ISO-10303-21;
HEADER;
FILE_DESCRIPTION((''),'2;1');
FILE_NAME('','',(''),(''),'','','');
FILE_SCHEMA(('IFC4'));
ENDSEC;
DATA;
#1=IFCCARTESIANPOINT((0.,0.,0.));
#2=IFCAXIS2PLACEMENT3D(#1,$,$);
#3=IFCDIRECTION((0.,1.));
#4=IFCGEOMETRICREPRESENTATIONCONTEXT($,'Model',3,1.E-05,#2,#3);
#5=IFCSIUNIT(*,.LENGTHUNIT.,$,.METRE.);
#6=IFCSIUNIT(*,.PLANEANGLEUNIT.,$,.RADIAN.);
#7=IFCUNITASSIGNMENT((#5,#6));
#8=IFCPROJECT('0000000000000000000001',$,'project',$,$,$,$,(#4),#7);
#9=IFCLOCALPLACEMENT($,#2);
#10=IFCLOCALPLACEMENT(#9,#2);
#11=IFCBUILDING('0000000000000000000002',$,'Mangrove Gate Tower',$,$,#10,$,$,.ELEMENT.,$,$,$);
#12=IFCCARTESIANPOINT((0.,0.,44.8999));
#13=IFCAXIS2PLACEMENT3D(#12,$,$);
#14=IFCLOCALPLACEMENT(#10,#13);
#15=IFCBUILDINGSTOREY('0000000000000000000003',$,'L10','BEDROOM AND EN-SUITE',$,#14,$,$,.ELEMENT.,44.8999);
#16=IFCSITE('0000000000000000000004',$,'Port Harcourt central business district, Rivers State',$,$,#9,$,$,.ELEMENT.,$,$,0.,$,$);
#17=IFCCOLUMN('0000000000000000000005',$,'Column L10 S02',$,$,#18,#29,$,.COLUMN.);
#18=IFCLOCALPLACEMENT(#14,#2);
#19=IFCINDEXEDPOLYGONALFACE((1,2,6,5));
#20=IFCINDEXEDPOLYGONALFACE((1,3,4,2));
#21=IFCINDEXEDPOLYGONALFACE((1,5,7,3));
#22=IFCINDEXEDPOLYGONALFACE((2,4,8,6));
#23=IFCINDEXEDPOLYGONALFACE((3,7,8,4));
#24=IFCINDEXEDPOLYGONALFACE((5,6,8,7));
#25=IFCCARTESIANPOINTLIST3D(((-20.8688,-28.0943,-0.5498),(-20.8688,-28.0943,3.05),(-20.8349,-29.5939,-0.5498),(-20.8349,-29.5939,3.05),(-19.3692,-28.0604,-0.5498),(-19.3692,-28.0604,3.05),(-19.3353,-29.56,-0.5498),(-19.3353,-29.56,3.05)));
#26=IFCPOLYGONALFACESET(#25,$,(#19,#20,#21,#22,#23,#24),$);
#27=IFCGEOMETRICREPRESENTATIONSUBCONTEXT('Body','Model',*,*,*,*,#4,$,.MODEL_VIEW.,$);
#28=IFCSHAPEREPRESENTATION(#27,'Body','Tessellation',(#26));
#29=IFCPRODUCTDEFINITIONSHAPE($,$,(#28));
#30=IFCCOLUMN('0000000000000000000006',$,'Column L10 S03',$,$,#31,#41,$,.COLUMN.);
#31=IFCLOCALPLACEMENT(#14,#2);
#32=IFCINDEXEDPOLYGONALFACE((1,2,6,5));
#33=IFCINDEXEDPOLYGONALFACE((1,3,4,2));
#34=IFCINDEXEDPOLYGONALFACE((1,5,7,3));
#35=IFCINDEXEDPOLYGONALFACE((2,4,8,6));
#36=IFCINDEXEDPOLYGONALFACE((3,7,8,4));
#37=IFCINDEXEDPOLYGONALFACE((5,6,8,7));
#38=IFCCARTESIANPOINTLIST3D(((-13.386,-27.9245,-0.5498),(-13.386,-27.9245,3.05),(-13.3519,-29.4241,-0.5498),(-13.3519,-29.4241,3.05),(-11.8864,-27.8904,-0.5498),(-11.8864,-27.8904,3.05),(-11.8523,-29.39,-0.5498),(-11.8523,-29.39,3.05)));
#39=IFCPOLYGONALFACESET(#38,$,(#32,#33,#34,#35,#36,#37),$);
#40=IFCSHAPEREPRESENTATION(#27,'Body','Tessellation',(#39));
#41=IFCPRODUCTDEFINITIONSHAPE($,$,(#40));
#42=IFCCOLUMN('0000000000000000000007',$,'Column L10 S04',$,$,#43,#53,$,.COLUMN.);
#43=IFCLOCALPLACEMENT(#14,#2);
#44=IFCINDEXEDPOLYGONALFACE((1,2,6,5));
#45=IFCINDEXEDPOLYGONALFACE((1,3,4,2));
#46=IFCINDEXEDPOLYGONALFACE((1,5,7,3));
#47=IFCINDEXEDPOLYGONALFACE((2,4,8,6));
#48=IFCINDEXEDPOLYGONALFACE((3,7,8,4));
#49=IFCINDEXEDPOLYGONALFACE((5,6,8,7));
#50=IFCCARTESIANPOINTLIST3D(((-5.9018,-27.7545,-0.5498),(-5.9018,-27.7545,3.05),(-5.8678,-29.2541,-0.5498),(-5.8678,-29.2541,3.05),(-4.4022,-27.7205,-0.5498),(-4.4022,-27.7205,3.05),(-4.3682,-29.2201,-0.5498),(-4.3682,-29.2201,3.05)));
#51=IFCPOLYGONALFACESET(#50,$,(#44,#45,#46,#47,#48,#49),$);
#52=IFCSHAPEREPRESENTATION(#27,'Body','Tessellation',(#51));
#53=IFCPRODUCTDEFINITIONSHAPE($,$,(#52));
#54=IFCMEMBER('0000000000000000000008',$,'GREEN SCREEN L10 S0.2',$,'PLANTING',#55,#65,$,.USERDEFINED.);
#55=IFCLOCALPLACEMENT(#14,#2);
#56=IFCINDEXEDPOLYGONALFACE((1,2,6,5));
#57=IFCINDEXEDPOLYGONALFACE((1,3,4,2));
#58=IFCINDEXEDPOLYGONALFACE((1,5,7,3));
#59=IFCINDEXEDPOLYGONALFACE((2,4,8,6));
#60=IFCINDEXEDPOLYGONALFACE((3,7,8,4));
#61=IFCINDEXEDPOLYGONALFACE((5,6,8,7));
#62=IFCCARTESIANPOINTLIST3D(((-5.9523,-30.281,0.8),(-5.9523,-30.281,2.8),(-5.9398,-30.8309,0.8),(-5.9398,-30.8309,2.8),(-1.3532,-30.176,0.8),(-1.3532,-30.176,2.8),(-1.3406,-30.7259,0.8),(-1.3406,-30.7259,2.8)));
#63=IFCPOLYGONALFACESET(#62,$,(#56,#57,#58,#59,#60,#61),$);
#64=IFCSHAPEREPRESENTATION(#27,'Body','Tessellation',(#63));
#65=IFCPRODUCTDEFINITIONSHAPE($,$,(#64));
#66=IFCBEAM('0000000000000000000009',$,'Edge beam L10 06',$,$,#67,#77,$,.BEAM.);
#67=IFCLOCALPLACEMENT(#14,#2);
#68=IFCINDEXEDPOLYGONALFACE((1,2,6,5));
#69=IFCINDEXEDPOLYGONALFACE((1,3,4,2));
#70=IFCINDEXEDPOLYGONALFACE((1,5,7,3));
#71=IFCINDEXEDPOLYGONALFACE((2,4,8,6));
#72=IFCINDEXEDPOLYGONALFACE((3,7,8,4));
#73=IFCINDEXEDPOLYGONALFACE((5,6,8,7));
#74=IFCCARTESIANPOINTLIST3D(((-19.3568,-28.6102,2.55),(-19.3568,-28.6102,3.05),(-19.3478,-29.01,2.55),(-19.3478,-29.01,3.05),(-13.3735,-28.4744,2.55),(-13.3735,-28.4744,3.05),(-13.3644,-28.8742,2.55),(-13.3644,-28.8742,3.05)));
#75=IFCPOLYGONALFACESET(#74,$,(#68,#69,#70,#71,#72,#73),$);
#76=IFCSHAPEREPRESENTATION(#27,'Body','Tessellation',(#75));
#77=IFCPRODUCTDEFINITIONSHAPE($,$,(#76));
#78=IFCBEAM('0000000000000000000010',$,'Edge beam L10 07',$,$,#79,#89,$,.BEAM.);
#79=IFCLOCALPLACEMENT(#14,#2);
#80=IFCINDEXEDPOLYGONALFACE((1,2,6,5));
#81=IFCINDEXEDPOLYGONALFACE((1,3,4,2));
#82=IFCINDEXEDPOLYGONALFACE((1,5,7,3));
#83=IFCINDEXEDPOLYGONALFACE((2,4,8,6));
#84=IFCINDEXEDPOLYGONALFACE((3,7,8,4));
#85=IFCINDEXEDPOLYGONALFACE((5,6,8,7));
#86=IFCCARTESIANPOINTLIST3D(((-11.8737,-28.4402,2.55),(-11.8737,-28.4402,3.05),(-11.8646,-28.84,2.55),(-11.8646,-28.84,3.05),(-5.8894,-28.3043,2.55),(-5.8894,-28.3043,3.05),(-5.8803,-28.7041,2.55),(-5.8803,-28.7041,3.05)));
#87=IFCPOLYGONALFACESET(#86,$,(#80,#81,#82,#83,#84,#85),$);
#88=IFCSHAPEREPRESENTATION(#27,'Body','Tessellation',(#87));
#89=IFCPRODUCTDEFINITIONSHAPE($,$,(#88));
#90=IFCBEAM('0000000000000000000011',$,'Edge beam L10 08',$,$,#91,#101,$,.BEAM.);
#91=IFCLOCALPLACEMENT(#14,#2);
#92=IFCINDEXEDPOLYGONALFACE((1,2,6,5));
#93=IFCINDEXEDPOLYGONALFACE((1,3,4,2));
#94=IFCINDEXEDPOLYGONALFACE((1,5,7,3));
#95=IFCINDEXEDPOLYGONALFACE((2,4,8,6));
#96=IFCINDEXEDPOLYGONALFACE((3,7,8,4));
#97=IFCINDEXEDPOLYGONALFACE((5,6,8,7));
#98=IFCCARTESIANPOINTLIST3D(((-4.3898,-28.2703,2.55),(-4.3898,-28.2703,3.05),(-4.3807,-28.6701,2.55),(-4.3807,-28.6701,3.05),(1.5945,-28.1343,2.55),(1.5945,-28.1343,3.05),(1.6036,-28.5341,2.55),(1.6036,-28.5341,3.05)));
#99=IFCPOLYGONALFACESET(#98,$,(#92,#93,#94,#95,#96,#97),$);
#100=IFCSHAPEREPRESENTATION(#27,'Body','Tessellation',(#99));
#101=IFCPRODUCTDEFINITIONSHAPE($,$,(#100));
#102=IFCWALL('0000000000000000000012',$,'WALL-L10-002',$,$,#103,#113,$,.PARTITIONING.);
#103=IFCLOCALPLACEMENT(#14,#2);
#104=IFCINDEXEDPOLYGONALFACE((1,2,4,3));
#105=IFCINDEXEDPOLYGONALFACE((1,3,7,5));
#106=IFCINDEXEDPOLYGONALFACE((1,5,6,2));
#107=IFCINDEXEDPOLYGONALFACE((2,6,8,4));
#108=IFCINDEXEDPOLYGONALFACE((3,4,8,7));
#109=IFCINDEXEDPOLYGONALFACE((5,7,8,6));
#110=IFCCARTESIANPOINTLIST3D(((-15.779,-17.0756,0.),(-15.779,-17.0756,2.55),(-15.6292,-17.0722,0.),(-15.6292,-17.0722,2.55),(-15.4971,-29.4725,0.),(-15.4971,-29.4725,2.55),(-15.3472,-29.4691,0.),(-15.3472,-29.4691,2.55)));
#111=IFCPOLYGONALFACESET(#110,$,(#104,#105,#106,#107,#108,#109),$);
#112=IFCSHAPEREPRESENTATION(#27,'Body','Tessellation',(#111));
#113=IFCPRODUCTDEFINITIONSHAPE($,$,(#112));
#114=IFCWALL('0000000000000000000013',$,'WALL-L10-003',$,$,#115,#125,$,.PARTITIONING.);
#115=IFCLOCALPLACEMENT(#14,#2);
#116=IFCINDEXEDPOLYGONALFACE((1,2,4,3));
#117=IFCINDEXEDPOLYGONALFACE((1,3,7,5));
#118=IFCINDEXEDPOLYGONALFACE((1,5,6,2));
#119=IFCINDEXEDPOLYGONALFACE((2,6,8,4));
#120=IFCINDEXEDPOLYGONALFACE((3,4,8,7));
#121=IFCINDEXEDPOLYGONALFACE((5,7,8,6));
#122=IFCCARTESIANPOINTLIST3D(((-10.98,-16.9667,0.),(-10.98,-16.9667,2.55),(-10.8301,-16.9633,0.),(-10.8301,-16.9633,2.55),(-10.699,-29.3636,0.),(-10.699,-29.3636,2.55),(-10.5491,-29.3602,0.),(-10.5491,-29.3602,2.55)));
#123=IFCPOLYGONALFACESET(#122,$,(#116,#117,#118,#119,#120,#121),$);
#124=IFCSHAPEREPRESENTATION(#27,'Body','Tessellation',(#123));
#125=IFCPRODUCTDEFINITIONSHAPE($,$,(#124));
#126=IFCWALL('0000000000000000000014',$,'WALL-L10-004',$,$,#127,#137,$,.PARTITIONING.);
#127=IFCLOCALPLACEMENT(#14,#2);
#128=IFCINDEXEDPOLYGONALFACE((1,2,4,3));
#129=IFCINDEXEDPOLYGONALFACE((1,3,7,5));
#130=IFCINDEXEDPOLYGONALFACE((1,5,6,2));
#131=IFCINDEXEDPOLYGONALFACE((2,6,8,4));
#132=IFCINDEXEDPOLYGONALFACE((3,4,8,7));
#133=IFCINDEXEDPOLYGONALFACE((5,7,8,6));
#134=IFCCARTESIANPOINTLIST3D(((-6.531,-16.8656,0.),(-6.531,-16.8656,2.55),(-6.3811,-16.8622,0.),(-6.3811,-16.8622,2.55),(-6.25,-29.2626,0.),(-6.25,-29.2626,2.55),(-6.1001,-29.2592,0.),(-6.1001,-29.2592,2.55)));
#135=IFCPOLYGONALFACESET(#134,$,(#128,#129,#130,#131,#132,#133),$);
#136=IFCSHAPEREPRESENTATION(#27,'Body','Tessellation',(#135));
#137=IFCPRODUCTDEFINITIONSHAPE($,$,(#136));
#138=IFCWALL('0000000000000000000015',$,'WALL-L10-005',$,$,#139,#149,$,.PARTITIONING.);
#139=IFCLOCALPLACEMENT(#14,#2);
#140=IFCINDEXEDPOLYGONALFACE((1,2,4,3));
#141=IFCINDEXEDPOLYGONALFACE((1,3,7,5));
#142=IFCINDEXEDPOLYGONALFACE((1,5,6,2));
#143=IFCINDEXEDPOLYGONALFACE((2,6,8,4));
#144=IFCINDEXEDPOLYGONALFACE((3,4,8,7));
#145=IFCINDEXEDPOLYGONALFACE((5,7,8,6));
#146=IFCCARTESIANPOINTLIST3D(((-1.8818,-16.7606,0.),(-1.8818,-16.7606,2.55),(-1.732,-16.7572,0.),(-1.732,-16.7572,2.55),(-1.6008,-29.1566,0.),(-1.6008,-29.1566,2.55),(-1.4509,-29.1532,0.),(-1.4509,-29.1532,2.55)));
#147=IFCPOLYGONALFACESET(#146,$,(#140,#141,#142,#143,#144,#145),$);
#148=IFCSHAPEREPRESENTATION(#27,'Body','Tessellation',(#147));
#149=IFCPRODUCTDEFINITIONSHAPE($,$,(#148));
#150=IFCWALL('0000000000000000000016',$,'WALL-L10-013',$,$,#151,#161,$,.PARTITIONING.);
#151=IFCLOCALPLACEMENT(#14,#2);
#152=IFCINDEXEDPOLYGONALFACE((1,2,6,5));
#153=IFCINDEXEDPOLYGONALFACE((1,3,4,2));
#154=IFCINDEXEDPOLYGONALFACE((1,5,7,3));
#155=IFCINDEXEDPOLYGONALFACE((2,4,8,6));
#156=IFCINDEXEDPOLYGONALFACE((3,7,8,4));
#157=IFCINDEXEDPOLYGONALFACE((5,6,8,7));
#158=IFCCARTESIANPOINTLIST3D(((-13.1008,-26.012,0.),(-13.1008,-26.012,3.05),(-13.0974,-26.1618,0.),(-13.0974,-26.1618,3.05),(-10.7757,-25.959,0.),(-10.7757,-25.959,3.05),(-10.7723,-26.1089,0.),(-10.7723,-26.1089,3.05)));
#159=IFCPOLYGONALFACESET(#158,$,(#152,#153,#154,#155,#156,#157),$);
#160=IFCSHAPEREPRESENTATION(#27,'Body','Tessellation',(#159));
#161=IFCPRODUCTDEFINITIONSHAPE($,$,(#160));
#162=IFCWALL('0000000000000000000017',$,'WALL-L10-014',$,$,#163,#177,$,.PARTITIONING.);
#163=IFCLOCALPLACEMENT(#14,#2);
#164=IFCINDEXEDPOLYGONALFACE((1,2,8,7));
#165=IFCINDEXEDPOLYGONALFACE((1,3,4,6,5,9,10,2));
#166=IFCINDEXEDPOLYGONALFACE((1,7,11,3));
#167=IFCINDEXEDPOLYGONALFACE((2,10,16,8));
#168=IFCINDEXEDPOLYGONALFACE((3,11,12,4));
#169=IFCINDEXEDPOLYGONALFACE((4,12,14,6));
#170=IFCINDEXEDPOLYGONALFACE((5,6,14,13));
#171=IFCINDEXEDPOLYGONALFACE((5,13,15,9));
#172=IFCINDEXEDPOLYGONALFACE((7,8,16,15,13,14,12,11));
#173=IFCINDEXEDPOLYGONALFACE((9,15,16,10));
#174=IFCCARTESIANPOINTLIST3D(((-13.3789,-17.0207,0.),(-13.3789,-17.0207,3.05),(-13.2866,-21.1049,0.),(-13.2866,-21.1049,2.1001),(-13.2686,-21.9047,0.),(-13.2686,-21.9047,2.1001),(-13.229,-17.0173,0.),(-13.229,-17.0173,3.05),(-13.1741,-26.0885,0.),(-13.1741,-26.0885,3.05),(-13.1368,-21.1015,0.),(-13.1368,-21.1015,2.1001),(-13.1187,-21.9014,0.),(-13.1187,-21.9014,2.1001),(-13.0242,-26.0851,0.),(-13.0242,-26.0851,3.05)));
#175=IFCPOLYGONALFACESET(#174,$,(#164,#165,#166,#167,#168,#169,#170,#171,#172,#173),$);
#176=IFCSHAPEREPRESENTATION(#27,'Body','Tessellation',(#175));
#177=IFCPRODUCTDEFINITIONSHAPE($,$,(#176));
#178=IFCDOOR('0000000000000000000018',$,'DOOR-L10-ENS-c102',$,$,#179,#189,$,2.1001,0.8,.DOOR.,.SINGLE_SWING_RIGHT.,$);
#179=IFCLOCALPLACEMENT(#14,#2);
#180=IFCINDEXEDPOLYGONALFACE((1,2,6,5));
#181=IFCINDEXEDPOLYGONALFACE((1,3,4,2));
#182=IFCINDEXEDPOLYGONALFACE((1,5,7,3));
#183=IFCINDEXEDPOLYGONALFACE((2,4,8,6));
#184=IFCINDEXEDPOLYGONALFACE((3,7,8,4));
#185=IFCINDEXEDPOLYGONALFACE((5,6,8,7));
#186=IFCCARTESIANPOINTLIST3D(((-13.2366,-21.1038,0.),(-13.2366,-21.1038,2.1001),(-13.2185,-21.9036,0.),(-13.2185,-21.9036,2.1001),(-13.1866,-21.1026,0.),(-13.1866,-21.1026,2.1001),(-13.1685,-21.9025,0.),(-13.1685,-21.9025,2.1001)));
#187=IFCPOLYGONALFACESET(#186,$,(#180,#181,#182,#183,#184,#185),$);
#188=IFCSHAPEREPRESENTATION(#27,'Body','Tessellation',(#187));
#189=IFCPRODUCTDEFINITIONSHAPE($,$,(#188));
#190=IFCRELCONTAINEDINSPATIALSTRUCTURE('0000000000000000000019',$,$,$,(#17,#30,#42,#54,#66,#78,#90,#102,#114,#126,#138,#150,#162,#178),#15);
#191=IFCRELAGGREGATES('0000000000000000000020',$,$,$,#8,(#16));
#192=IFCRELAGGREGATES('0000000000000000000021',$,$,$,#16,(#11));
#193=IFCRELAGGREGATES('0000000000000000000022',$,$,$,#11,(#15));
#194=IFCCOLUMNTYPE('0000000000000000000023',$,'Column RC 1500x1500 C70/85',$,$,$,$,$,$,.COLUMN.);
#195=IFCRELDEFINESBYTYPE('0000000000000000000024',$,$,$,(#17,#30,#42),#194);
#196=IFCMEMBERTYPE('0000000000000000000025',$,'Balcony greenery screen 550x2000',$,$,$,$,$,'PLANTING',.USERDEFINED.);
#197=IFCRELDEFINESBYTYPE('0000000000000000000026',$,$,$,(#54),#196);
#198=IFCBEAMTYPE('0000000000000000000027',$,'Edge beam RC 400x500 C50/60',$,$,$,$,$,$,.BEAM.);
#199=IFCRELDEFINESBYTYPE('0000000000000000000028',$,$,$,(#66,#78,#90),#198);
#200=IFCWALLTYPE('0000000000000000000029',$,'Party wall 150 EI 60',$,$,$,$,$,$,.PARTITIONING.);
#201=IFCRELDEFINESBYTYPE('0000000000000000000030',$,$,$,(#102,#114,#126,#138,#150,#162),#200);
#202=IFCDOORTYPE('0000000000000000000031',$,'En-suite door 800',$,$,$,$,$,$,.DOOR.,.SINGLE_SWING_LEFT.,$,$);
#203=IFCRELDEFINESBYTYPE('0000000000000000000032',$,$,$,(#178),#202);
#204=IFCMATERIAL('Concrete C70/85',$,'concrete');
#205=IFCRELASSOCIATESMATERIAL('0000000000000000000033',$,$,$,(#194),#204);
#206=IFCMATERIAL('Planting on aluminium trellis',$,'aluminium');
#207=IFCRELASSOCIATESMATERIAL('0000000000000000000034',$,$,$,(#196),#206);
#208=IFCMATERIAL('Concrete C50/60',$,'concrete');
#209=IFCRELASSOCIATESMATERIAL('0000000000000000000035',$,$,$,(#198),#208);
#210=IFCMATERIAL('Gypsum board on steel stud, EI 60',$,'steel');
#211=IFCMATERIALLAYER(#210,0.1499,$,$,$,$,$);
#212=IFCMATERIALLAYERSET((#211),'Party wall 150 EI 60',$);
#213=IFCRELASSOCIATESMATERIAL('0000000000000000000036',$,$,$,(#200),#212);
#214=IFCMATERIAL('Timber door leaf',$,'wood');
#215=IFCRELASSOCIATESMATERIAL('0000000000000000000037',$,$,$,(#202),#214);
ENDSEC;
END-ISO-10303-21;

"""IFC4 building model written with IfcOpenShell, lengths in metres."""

from ifc_helpers import new_model, si_unit, direction, frame, frame_2d, origin, origin_2d, place, context, subcontext, project, spatial, rectangle, extrude, material, layer, layer_set, material_profile, profile_set, type_object, element, fill, save


model = new_model("IFC4")

# Units and contexts
model_context = context("Model", 3, precision=1e-05, world=origin(), true_north=direction((0.0, 1.0)))
body_context = subcontext(model_context, "Body", "Model", "MODEL_VIEW")
ifc_project = project(units=[si_unit("LENGTHUNIT", "METRE"), si_unit("PLANEANGLEUNIT", "RADIAN")], contexts=[model_context])

# Site, building, storey
site_placement = place(None, origin())
site = spatial("IfcSite", under=ifc_project, at=site_placement, Name="Port Harcourt central business district, Rivers State", CompositionType="ELEMENT", RefElevation=0.0)
building_placement = place(site_placement, origin())
building = spatial("IfcBuilding", under=site, at=building_placement, Name="Mangrove Gate Tower", CompositionType="ELEMENT")
storey_placement = place(building_placement, frame((0.0, 0.0, 44.8999)))
storey = spatial("IfcBuildingStorey", under=building, at=storey_placement, Name="L10", Description="BEDROOM AND EN-SUITE", CompositionType="ELEMENT", Elevation=44.8999)

# Columns
ifc_material_1 = material(Name="Concrete C70/85", Category="concrete")
ifc_material_profile_1 = material_profile(ifc_material_1, rectangle(XDim=1.5, YDim=1.5, at=origin_2d()))
ifc_profile_set_1 = profile_set([ifc_material_profile_1], Name="Concrete C70/85")
column_type = type_object("IfcColumnType", Name="Column RC 1500x1500 C70/85", PredefinedType="COLUMN", material=ifc_profile_set_1)
for number, where, z_axis, x_axis, name in (
    (1, (-20.1021, -28.8271, -0.5498), (0.0, 0.0, 1.0), (0.999744, 0.022644, 0.0), "Column L10 S02"),
    (2, (-12.6191, -28.6572, -0.5498), (0.0, 0.0, 1.0), (0.999742, 0.022711, 0.0), "Column L10 S03"),
    (3, (-5.135, -28.4873, -0.5498), (0.0, 0.0, 1.0), (0.999742, 0.022709, 0.0), "Column L10 S04"),
):
    element("IfcColumn", number, at=place(storey_placement, frame(where, z_axis=z_axis, x_axis=x_axis)), inside=storey, type_object=column_type, Name=name, PredefinedType="COLUMN", context=body_context, shape_type="SweptSolid", body=[
        extrude(rectangle(XDim=1.5, YDim=1.5, at=origin_2d()), origin(), (0.0, 0.0, 1.0), 3.5999),
    ])

# Member
ifc_material_2 = material(Name="Planting on aluminium trellis", Category="aluminium")
ifc_material_profile_2 = material_profile(ifc_material_2, rectangle(XDim=0.55, YDim=2.0, at=origin_2d()))
ifc_profile_set_2 = profile_set([ifc_material_profile_2], Name="Planting on aluminium trellis")
member_type = type_object("IfcMemberType", Name="Balcony greenery screen 550x2000", ElementType="PLANTING", PredefinedType="USERDEFINED", material=ifc_profile_set_2)
member_placement = place(storey_placement, frame((-5.946, -30.5559, 1.8), z_axis=(0.99974, 0.02282, 0.0), x_axis=(-0.02282, 0.99974, 0.0)))
element("IfcMember", 4, at=member_placement, inside=storey, type_object=member_type, Name="GREEN SCREEN L10 S0.2", ObjectType="PLANTING", PredefinedType="USERDEFINED", context=body_context, shape_type="SweptSolid", body=[
    extrude(rectangle(XDim=0.55, YDim=2.0, at=origin_2d()), origin(), (0.0, 0.0, 1.0), 4.6003),
])

# Beams
ifc_material_3 = material(Name="Concrete C50/60", Category="concrete")
ifc_material_profile_3 = material_profile(ifc_material_3, rectangle(XDim=0.3999, YDim=0.5, at=origin_2d()))
ifc_profile_set_3 = profile_set([ifc_material_profile_3], Name="Concrete C50/60")
beam_type = type_object("IfcBeamType", Name="Edge beam RC 400x500 C50/60", PredefinedType="BEAM", material=ifc_profile_set_3)
beam_placement = place(storey_placement, frame((-19.3523, -28.8101, 2.8), z_axis=(0.999743, 0.022681, 0.0), x_axis=(-0.022681, 0.999743, 0.0)))
element("IfcBeam", 5, at=beam_placement, inside=storey, type_object=beam_type, Name="Edge beam L10 06", PredefinedType="BEAM", context=body_context, shape_type="SweptSolid", body=[
    extrude(rectangle(XDim=0.3999, YDim=0.5, at=origin_2d()), origin(), (0.0, 0.0, 1.0), 5.9849),
])
for number, where, z_axis, x_axis, name in (
    (6, (-11.8691, -28.6401, 2.8), (0.999742, 0.022718, 0.0), (-0.022718, 0.999742, 0.0), "Edge beam L10 07"),
    (7, (-4.3853, -28.4702, 2.8), (0.999742, 0.022718, 0.0), (-0.022718, 0.999742, 0.0), "Edge beam L10 08"),
):
    element("IfcBeam", number, at=place(storey_placement, frame(where, z_axis=z_axis, x_axis=x_axis)), inside=storey, type_object=beam_type, Name=name, PredefinedType="BEAM", context=body_context, shape_type="SweptSolid", body=[
        extrude(rectangle(XDim=0.3999, YDim=0.5, at=origin_2d()), origin(), (0.0, 0.0, 1.0), 5.9858),
    ])

# Walls
ifc_material_4 = material(Name="Gypsum board on steel stud, EI 60", Category="steel")
ifc_layer_1 = layer(ifc_material_4, 0.1499)
ifc_layer_set_1 = layer_set([ifc_layer_1], Name="Party wall 150 EI 60")
wall_type_1 = type_object("IfcWallType", Name="Party wall 150 EI 60", PredefinedType="PARTITIONING", material=ifc_layer_set_1)
for number, where, z_axis, x_axis, name in (
    (8, (-15.4221, -29.4709, 0.0), (0.0, 0.0, 1.0), (-0.02274, 0.999741, 0.0), "WALL-L10-002"),
    (9, (-10.624, -29.3621, 0.0), (0.0, 0.0, 1.0), (-0.022661, 0.999743, 0.0), "WALL-L10-003"),
    (10, (-6.175, -29.261, 0.0), (0.0, 0.0, 1.0), (-0.022661, 0.999743, 0.0), "WALL-L10-004"),
):
    element("IfcWall", number, at=place(storey_placement, frame(where, z_axis=z_axis, x_axis=x_axis)), inside=storey, type_object=wall_type_1, Name=name, PredefinedType="PARTITIONING", context=body_context, shape_type="SweptSolid", body=[
        extrude(rectangle(XDim=12.4001, YDim=0.1499, at=frame_2d((6.2002, 0.0))), origin(), (0.0, 0.0, 1.0), 2.55),
    ])
wall_1_placement = place(storey_placement, frame((-1.5259, -29.155, 0.0), z_axis=(0.0, 0.0, 1.0), x_axis=(-0.022663, 0.999743, 0.0)))
element("IfcWall", 11, at=wall_1_placement, inside=storey, type_object=wall_type_1, Name="WALL-L10-005", PredefinedType="PARTITIONING", context=body_context, shape_type="SweptSolid", body=[
    extrude(rectangle(XDim=12.3992, YDim=0.1499, at=frame_2d((6.1997, 0.0))), origin(), (0.0, 0.0, 1.0), 2.55),
])
wall_2_placement = place(storey_placement, frame((-13.0991, -26.0869, 0.0), z_axis=(0.0, 0.0, 1.0), x_axis=(0.999741, 0.022779, 0.0)))
element("IfcWall", 12, at=wall_2_placement, inside=storey, type_object=wall_type_1, Name="WALL-L10-013", PredefinedType="PARTITIONING", context=body_context, shape_type="SweptSolid", body=[
    extrude(rectangle(XDim=2.3257, YDim=0.1499, at=frame_2d((1.1628, 0.0))), origin(), (0.0, 0.0, 1.0), 3.05),
])

# Wall, opening, door
wall_3_placement = place(storey_placement, frame((-13.0991, -26.0869, 0.0), z_axis=(0.0, 0.0, 1.0), x_axis=(-0.022583, 0.999745, 0.0)))
wall_3 = element("IfcWall", 13, at=wall_3_placement, inside=storey, type_object=wall_type_1, Name="WALL-L10-014", PredefinedType="PARTITIONING", context=body_context, shape_type="SweptSolid", body=[
    extrude(rectangle(XDim=9.0701, YDim=0.1499, at=frame_2d((4.5352, 0.0))), origin(), (0.0, 0.0, 1.0), 3.05),
])
opening_1_placement = place(wall_3_placement, frame((4.1851, 0.0, 0.0)))
opening_1 = element("IfcOpeningElement", 14, at=opening_1_placement, cuts=wall_3, PredefinedType="OPENING", context=body_context, shape_type="SweptSolid", body=[
    extrude(rectangle(XDim=0.8, YDim=2.1001, at=frame_2d((0.3999, 1.05))), frame((0.0, 0.085, 0.0), z_axis=(0.0, -1.0, 0.0), x_axis=(1.0, 0.0, 0.0)), (0.0, 0.0, 1.0), 0.1699),
])
ifc_material_5 = material(Name="Timber door leaf", Category="wood")
door_type = type_object("IfcDoorType", Name="En-suite door 800", OperationType="SINGLE_SWING_LEFT", PredefinedType="DOOR", material=ifc_material_5)
door_1_placement = place(opening_1_placement, origin())
door_1 = element("IfcDoor", 15, at=door_1_placement, inside=storey, type_object=door_type, Name="DOOR-L10-ENS-c102", OperationType="SINGLE_SWING_RIGHT", OverallHeight=2.1001, OverallWidth=0.8, PredefinedType="DOOR", context=body_context, shape_type="SweptSolid", body=[
    extrude(rectangle(XDim=0.8, YDim=2.1001, at=frame_2d((0.3999, 1.05))), frame((0.0, 0.0249, 0.0), z_axis=(0.0, -1.0, 0.0), x_axis=(1.0, 0.0, 0.0)), (0.0, 0.0, 1.0), 0.05),
])
fill(opening_1, door_1)

save(model, "model.ifc")
